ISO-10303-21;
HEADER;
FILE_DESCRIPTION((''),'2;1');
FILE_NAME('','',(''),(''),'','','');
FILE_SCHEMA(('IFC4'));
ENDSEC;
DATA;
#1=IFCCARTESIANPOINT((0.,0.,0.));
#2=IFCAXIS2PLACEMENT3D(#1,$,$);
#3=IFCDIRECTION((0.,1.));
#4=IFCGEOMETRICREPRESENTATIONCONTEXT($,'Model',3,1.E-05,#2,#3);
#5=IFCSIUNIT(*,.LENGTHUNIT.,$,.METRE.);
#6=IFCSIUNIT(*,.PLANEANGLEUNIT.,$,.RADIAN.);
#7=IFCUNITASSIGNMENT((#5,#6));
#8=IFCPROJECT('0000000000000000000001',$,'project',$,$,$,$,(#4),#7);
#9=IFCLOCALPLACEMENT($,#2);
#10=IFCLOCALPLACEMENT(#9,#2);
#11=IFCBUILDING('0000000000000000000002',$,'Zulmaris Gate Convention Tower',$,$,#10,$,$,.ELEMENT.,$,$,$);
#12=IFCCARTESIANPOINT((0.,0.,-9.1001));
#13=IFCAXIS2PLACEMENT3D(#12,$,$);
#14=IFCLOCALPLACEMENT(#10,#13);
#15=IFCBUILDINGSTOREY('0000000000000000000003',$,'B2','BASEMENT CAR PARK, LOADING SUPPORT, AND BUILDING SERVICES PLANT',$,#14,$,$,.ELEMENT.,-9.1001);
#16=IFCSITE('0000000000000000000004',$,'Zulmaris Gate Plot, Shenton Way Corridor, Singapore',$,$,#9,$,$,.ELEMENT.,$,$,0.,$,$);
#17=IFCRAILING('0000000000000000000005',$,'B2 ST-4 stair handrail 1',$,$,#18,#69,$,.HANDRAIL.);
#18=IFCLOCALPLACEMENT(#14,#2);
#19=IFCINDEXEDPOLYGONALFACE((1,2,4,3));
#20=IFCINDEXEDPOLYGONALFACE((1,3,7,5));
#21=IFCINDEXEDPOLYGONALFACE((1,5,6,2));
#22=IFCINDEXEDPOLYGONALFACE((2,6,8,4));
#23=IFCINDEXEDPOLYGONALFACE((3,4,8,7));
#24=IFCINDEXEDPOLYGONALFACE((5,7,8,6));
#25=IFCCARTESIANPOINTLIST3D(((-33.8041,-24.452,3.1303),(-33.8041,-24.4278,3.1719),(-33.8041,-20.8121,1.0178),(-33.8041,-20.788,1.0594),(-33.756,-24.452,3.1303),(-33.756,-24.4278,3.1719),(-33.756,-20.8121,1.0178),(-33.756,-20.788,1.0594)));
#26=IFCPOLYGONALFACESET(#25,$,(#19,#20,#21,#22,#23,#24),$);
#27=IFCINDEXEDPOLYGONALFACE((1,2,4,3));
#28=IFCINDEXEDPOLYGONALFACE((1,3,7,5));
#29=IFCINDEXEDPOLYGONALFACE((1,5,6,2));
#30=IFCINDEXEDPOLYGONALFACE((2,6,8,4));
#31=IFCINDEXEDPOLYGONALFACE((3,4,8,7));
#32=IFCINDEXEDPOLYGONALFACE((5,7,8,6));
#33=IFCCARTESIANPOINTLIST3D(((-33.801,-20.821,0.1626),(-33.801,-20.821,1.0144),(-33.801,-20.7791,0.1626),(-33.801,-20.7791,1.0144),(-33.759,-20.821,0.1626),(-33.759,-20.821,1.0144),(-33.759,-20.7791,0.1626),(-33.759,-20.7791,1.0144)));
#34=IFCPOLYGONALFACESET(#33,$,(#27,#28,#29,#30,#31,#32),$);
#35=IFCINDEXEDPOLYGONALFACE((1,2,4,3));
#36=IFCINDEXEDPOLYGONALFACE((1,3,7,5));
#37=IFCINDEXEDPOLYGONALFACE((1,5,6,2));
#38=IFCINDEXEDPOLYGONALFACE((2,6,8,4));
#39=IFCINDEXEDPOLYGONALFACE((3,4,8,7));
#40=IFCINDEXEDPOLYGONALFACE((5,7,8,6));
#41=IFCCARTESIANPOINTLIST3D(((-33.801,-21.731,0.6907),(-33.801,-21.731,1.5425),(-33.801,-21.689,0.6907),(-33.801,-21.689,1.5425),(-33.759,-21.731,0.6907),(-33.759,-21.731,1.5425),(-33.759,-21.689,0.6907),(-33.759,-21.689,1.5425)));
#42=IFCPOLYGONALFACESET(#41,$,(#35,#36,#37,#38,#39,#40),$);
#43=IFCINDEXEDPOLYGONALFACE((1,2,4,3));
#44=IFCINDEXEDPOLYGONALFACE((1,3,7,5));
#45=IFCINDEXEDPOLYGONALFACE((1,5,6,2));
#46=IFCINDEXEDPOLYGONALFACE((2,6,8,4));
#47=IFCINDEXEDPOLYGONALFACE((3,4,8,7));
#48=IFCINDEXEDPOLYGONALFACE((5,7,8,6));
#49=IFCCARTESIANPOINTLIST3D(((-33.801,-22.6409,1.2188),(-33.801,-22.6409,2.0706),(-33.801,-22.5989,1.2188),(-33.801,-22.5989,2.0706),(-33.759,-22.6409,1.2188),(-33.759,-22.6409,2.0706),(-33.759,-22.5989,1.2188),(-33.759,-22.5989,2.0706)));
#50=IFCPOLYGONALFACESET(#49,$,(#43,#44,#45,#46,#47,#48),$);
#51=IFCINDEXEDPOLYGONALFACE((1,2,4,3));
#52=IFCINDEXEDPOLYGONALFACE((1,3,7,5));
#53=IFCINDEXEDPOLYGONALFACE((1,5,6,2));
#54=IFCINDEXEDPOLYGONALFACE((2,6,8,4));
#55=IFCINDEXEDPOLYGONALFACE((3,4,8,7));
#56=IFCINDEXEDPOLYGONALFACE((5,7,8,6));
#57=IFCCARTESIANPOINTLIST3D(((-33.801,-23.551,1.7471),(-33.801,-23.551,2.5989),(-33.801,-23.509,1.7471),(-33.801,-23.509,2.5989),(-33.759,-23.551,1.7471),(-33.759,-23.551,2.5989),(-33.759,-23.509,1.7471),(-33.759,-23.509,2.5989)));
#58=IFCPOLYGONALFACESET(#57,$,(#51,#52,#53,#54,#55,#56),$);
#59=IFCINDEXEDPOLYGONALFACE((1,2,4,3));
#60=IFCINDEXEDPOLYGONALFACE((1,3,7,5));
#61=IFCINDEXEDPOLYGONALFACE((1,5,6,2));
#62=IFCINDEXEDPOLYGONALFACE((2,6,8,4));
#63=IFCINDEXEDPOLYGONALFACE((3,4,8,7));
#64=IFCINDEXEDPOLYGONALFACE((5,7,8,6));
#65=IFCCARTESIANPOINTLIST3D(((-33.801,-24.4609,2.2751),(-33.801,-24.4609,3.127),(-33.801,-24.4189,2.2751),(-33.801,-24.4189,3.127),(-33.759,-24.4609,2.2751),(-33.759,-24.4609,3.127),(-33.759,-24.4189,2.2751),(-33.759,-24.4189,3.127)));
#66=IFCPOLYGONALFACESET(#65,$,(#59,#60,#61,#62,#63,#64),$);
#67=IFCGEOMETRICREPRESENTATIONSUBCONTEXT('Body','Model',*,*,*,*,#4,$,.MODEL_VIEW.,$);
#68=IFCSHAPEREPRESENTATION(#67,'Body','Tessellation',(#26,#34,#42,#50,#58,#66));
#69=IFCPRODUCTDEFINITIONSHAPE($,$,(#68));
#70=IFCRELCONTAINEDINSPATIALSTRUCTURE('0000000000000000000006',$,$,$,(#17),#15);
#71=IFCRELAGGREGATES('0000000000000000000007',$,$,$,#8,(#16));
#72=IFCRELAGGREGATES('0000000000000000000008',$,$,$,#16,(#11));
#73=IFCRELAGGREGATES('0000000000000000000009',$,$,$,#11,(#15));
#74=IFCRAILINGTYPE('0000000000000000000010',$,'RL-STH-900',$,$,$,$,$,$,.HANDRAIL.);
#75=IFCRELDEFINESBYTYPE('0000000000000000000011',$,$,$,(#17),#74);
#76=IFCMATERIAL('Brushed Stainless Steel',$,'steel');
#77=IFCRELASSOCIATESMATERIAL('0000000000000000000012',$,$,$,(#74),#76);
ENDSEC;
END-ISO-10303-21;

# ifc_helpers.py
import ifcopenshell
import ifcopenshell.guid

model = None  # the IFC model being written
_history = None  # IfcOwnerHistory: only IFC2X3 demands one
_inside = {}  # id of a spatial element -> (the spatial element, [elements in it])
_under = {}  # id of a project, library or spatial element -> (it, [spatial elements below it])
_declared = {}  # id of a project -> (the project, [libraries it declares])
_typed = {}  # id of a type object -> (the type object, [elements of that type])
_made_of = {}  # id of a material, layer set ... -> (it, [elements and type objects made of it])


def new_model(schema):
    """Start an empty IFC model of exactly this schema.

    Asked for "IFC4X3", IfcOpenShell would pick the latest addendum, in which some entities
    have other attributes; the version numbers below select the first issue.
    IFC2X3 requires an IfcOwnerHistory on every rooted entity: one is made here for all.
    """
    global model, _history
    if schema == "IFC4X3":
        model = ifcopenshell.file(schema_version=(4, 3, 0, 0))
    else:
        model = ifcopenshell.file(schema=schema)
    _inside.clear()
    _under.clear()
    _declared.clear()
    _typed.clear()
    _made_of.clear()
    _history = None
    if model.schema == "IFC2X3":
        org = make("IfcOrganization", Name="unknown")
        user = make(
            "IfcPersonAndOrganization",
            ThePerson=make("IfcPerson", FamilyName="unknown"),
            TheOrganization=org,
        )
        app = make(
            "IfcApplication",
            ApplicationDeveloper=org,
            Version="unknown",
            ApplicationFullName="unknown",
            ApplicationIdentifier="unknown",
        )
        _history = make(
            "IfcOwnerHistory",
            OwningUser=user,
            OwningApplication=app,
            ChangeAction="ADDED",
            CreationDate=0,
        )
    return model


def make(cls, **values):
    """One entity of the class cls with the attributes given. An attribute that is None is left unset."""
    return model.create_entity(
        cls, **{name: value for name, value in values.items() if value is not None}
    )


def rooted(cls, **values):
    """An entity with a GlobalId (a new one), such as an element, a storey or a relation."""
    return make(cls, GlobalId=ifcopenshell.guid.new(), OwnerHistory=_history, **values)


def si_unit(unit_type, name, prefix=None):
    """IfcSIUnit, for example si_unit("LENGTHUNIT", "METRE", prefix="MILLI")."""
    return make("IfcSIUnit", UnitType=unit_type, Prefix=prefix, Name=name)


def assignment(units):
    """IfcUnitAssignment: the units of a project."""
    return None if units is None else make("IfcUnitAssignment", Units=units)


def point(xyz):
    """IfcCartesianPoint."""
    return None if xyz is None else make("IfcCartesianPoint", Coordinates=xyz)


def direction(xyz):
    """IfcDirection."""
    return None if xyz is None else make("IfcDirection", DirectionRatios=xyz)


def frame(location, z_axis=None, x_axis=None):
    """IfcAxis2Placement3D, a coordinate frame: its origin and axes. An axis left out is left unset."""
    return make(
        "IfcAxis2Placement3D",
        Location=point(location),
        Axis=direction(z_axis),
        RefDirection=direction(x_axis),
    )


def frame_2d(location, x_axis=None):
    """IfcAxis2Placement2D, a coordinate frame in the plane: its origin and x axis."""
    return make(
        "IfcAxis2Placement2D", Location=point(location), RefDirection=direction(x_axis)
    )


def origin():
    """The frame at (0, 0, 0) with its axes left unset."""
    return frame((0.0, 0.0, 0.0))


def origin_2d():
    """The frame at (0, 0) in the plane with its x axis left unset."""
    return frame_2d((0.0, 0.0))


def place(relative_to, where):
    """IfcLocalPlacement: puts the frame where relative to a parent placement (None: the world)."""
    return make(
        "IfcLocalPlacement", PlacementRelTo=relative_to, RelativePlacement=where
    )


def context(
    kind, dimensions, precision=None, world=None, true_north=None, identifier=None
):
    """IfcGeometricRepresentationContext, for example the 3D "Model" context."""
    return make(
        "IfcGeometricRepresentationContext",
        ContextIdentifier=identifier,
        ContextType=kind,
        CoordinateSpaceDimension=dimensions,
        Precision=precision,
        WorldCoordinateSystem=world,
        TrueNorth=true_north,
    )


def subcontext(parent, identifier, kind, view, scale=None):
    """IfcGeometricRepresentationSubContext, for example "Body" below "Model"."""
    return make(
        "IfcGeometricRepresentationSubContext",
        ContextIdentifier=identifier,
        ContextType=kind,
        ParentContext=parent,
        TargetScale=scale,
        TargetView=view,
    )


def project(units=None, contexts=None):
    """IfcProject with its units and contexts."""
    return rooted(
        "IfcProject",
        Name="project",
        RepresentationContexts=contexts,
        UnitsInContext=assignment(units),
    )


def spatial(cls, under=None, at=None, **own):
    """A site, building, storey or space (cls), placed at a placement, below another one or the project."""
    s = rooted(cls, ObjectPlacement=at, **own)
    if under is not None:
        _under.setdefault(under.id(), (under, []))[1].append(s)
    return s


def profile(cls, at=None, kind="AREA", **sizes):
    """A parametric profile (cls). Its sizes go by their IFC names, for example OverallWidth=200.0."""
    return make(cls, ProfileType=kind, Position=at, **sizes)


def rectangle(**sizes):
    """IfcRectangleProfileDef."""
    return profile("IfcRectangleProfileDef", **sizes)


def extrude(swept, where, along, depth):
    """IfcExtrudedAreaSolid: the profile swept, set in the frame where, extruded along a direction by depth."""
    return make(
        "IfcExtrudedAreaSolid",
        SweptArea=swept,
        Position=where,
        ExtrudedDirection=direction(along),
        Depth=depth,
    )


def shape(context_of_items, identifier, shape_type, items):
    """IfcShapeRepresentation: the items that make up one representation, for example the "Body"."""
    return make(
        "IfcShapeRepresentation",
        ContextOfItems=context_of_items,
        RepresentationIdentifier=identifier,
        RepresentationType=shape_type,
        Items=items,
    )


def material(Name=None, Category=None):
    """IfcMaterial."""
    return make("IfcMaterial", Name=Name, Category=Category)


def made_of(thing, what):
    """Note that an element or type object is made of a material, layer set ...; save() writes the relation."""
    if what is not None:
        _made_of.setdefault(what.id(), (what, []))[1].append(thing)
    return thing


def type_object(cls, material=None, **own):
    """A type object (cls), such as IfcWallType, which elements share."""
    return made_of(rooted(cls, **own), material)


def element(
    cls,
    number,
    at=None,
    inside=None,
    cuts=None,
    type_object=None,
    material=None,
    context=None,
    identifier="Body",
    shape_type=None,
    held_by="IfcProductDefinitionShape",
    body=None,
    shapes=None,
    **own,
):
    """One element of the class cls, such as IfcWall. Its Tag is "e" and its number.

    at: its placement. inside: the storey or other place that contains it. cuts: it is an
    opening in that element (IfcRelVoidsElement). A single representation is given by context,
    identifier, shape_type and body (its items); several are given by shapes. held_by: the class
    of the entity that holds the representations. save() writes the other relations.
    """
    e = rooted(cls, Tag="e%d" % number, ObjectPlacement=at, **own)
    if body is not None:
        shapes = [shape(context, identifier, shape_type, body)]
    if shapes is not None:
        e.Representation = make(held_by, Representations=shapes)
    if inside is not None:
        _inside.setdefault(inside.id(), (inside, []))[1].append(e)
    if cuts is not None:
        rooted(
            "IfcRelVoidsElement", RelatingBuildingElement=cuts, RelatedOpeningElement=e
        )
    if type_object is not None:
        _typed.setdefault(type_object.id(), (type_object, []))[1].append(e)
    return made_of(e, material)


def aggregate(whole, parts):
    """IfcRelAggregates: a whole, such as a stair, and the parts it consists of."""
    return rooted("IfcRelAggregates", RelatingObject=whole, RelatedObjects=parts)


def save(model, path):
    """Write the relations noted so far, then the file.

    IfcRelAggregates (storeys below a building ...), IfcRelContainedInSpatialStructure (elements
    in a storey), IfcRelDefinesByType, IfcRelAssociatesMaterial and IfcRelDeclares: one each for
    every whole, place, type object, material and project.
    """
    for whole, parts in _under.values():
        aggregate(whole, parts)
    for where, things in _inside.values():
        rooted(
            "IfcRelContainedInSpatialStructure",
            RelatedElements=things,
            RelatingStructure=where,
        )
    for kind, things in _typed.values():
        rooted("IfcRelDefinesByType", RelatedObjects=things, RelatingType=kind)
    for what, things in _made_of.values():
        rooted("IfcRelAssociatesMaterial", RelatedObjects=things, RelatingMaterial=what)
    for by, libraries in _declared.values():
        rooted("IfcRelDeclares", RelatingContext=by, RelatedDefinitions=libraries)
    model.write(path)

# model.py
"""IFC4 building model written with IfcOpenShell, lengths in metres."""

from ifc_helpers import new_model, si_unit, direction, frame, origin, origin_2d, place, context, subcontext, project, spatial, rectangle, extrude, material, type_object, element, save


model = new_model("IFC4")

# Units and contexts
model_context = context("Model", 3, precision=1e-05, world=origin(), true_north=direction((0.0, 1.0)))
body_context = subcontext(model_context, "Body", "Model", "MODEL_VIEW")
ifc_project = project(units=[si_unit("LENGTHUNIT", "METRE"), si_unit("PLANEANGLEUNIT", "RADIAN")], contexts=[model_context])

# Site, building, storey
site_placement = place(None, origin())
site = spatial("IfcSite", under=ifc_project, at=site_placement, Name="Zulmaris Gate Plot, Shenton Way Corridor, Singapore", CompositionType="ELEMENT", RefElevation=0.0)
building_placement = place(site_placement, origin())
building = spatial("IfcBuilding", under=site, at=building_placement, Name="Zulmaris Gate Convention Tower", CompositionType="ELEMENT")
storey_placement = place(building_placement, frame((0.0, 0.0, -9.1001)))
storey = spatial("IfcBuildingStorey", under=building, at=storey_placement, Name="B2", Description="BASEMENT CAR PARK, LOADING SUPPORT, AND BUILDING SERVICES PLANT", CompositionType="ELEMENT", Elevation=-9.1001)

# Railing
ifc_material_1 = material(Name="Brushed Stainless Steel", Category="steel")
railing_type_1 = type_object("IfcRailingType", Name="RL-STH-900", PredefinedType="HANDRAIL", material=ifc_material_1)
railing_1_placement = place(storey_placement, frame((-33.78, -20.8, 0.1626)))
element("IfcRailing", 1, at=railing_1_placement, inside=storey, type_object=railing_type_1, Name="B2 ST-4 stair handrail 1", PredefinedType="HANDRAIL", context=body_context, shape_type="SweptSolid", body=[
    extrude(rectangle(XDim=0.0481, YDim=0.0481, at=origin_2d()), frame((0.0, 0.0, 0.876), z_axis=(0.0, -0.864886, 0.501969), x_axis=(1.0, 0.0, 0.0)), (0.0, 0.0, 1.0), 4.2085),
    extrude(rectangle(XDim=0.042, YDim=0.042, at=origin_2d()), origin(), (0.0, 0.0, 1.0), 0.8518),
    extrude(rectangle(XDim=0.042, YDim=0.042, at=origin_2d()), frame((0.0, -0.9099, 0.5281)), (0.0, 0.0, 1.0), 0.8518),
    extrude(rectangle(XDim=0.042, YDim=0.042, at=origin_2d()), frame((0.0, -1.8198, 1.0562)), (0.0, 0.0, 1.0), 0.8518),
    extrude(rectangle(XDim=0.042, YDim=0.042, at=origin_2d()), frame((0.0, -2.73, 1.5845)), (0.0, 0.0, 1.0), 0.8518),
    extrude(rectangle(XDim=0.042, YDim=0.042, at=origin_2d()), frame((0.0, -3.6399, 2.1125)), (0.0, 0.0, 1.0), 0.8518),
])

save(model, "model.ifc")
